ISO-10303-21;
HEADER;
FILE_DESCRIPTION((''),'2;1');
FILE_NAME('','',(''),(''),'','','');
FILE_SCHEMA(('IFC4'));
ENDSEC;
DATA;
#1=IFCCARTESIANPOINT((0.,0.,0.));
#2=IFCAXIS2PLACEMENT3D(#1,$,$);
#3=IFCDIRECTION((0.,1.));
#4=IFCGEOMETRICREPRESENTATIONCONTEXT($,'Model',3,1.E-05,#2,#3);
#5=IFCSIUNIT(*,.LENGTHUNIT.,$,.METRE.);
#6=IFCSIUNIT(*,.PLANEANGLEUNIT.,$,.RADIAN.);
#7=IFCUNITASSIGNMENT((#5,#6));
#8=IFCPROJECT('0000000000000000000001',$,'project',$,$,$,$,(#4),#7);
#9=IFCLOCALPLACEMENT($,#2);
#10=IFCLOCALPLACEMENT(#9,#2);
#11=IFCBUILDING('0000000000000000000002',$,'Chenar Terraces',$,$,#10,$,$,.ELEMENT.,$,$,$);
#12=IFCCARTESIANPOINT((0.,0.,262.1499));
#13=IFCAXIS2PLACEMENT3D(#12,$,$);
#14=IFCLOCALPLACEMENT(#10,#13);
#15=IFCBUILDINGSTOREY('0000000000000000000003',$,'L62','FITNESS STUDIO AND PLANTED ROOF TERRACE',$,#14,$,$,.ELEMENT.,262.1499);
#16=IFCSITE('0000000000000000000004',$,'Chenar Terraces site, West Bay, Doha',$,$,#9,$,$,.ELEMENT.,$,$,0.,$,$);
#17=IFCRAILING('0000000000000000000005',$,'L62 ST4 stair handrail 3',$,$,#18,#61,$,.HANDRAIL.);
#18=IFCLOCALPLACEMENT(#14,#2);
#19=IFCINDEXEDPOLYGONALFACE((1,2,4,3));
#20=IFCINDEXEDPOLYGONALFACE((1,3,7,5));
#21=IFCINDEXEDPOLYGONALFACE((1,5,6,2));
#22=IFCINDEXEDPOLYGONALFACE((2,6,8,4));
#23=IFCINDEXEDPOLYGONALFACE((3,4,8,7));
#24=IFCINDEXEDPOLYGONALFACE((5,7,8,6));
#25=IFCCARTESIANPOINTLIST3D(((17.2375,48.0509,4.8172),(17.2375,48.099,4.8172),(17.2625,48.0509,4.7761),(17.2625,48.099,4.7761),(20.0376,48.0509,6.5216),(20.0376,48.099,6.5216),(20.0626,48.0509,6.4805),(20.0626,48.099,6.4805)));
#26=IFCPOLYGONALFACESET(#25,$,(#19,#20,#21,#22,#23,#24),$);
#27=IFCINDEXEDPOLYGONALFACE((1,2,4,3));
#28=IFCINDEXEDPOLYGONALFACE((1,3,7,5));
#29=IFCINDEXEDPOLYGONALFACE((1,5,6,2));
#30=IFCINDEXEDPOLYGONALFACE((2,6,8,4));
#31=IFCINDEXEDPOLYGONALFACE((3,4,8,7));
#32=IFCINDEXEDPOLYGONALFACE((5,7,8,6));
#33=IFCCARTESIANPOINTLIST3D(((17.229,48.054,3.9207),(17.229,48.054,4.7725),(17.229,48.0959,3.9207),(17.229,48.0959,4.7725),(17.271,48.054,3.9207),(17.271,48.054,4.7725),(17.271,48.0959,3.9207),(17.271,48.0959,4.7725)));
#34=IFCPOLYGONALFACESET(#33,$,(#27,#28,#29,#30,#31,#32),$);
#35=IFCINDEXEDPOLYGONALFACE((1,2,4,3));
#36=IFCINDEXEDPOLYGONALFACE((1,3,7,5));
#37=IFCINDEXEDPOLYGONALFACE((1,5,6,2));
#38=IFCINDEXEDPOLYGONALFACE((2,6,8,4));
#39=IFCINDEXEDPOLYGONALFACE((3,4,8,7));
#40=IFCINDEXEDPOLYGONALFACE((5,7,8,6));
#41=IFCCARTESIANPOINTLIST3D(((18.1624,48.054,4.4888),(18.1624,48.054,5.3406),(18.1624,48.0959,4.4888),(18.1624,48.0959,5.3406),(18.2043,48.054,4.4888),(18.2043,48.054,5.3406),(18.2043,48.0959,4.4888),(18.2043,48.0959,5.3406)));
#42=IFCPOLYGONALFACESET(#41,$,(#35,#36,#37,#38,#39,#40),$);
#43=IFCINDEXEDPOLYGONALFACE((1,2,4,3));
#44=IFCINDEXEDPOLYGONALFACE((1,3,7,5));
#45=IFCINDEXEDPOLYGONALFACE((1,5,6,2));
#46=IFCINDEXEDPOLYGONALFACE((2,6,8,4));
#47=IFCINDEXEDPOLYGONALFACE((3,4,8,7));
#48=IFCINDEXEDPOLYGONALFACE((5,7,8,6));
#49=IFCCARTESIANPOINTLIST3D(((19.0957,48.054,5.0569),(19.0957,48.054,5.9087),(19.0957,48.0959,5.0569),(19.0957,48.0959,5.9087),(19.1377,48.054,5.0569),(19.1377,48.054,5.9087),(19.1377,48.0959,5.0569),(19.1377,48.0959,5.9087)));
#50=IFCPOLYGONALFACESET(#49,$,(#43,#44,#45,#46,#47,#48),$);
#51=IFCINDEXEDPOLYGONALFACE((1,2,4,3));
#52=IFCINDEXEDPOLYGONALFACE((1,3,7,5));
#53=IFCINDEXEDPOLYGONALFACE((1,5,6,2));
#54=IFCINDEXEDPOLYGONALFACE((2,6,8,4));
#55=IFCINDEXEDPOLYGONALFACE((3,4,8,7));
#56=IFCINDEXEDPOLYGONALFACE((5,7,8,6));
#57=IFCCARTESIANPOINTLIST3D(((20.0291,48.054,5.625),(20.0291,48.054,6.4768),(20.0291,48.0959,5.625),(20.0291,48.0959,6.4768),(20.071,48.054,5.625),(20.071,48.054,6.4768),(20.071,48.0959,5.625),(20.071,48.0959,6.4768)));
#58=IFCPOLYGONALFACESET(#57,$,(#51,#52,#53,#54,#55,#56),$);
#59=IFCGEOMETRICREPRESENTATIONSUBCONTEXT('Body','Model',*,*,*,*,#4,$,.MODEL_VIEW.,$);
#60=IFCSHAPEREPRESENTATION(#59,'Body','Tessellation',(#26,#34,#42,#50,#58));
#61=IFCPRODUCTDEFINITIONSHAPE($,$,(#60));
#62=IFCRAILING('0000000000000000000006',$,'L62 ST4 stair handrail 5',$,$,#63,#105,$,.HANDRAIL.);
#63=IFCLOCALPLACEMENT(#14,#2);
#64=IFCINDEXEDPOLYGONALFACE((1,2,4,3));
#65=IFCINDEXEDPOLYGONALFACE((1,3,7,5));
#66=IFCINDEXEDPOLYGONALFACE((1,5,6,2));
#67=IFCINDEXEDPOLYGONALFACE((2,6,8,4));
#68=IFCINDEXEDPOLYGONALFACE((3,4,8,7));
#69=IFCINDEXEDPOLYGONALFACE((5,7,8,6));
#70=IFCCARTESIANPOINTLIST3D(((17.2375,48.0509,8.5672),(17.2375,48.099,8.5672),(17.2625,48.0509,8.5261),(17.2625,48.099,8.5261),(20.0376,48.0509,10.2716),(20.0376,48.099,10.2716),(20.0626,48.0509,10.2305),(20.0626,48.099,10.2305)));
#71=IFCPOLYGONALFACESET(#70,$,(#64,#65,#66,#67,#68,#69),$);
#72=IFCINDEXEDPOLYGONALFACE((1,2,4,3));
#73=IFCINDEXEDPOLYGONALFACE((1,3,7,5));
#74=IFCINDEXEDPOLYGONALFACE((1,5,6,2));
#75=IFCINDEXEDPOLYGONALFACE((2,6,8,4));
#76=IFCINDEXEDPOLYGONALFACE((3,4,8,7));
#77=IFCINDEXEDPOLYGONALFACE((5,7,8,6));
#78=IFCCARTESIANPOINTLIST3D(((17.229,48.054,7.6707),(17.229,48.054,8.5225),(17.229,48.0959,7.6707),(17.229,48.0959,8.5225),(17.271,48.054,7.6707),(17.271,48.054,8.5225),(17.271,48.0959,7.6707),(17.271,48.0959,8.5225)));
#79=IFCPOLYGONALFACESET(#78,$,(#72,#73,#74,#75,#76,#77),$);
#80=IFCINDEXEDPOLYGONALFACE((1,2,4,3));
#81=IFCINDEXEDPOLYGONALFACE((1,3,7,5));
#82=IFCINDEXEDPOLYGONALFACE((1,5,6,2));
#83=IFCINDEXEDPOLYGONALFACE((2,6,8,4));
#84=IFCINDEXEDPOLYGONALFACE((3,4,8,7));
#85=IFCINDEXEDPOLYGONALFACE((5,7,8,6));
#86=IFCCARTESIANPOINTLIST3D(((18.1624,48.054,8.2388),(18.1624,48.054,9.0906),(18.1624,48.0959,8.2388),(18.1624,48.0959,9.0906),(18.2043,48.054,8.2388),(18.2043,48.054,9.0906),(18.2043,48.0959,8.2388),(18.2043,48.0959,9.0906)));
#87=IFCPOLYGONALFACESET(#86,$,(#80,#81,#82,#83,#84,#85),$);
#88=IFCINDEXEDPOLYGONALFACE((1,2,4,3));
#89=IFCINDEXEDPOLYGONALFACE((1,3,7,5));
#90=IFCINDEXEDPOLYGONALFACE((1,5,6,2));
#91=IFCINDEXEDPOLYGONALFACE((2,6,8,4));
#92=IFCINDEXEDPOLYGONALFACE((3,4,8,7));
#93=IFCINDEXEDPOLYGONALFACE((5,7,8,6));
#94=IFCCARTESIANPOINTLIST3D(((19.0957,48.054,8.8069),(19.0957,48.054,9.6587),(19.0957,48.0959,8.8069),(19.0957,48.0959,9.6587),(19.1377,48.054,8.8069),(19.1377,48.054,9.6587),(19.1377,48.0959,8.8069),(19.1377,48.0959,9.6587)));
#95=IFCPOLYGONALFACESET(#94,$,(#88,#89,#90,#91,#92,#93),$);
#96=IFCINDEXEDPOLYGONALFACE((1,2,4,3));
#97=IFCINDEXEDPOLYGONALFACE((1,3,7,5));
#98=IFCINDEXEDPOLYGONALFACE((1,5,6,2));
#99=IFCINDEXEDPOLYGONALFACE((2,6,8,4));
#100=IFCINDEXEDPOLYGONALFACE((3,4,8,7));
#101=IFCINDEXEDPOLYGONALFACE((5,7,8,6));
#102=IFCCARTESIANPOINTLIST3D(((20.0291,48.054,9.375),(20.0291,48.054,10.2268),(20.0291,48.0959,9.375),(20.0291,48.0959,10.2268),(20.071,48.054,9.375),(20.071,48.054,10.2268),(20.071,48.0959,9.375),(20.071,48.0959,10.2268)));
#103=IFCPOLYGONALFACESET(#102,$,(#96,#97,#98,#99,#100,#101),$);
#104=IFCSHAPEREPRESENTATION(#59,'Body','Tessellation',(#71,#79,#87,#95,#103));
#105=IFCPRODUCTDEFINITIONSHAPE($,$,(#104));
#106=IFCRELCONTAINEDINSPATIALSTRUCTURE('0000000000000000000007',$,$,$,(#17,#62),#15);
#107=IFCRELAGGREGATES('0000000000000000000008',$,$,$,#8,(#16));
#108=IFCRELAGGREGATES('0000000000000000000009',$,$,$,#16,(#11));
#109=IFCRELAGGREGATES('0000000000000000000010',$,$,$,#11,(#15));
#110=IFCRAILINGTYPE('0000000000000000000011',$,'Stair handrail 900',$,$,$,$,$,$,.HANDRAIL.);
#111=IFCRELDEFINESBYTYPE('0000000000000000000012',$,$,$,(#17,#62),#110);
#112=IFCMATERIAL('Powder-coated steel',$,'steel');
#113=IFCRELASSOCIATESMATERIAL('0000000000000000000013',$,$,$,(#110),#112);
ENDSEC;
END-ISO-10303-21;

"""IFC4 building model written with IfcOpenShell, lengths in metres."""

from ifc_helpers import new_model, si_unit, direction, frame, origin, origin_2d, place, context, subcontext, project, spatial, rectangle, extrude, material, type_object, element, save


model = new_model("IFC4")

# Units and contexts
model_context = context("Model", 3, precision=1e-05, world=origin(), true_north=direction((0.0, 1.0)))
body_context = subcontext(model_context, "Body", "Model", "MODEL_VIEW")
ifc_project = project(units=[si_unit("LENGTHUNIT", "METRE"), si_unit("PLANEANGLEUNIT", "RADIAN")], contexts=[model_context])

# Site, building, storey
site_placement = place(None, origin())
site = spatial("IfcSite", under=ifc_project, at=site_placement, Name="Chenar Terraces site, West Bay, Doha", CompositionType="ELEMENT", RefElevation=0.0)
building_placement = place(site_placement, origin())
building = spatial("IfcBuilding", under=site, at=building_placement, Name="Chenar Terraces", CompositionType="ELEMENT")
storey_placement = place(building_placement, frame((0.0, 0.0, 262.1499)))
storey = spatial("IfcBuildingStorey", under=building, at=storey_placement, Name="L62", Description="FITNESS STUDIO AND PLANTED ROOF TERRACE", CompositionType="ELEMENT", Elevation=262.1499)

# Railings
ifc_material_1 = material(Name="Powder-coated steel", Category="steel")
railing_type_1 = type_object("IfcRailingType", Name="Stair handrail 900", PredefinedType="HANDRAIL", material=ifc_material_1)
for number, where, name in (
    (1, (17.25, 48.075, 3.9207), "L62 ST4 stair handrail 3"),
    (2, (17.25, 48.075, 7.6707), "L62 ST4 stair handrail 5"),
):
    element("IfcRailing", number, at=place(storey_placement, frame(where)), inside=storey, type_object=railing_type_1, Name=name, PredefinedType="HANDRAIL", context=body_context, shape_type="SweptSolid", body=[
        extrude(rectangle(XDim=0.0481, YDim=0.0481, at=origin_2d()), frame((0.0, 0.0, 0.876), z_axis=(0.854203, 0.0, 0.51994), x_axis=(0.0, 1.0, 0.0)), (0.0, 0.0, 1.0), 3.2781),
        extrude(rectangle(XDim=0.042, YDim=0.042, at=origin_2d()), origin(), (0.0, 0.0, 1.0), 0.8518),
        extrude(rectangle(XDim=0.042, YDim=0.042, at=origin_2d()), frame((0.9333, 0.0, 0.5681)), (0.0, 0.0, 1.0), 0.8518),
        extrude(rectangle(XDim=0.042, YDim=0.042, at=origin_2d()), frame((1.8667, 0.0, 1.1362)), (0.0, 0.0, 1.0), 0.8518),
        extrude(rectangle(XDim=0.042, YDim=0.042, at=origin_2d()), frame((2.8, 0.0, 1.7043)), (0.0, 0.0, 1.0), 0.8518),
    ])

save(model, "model.ifc")
